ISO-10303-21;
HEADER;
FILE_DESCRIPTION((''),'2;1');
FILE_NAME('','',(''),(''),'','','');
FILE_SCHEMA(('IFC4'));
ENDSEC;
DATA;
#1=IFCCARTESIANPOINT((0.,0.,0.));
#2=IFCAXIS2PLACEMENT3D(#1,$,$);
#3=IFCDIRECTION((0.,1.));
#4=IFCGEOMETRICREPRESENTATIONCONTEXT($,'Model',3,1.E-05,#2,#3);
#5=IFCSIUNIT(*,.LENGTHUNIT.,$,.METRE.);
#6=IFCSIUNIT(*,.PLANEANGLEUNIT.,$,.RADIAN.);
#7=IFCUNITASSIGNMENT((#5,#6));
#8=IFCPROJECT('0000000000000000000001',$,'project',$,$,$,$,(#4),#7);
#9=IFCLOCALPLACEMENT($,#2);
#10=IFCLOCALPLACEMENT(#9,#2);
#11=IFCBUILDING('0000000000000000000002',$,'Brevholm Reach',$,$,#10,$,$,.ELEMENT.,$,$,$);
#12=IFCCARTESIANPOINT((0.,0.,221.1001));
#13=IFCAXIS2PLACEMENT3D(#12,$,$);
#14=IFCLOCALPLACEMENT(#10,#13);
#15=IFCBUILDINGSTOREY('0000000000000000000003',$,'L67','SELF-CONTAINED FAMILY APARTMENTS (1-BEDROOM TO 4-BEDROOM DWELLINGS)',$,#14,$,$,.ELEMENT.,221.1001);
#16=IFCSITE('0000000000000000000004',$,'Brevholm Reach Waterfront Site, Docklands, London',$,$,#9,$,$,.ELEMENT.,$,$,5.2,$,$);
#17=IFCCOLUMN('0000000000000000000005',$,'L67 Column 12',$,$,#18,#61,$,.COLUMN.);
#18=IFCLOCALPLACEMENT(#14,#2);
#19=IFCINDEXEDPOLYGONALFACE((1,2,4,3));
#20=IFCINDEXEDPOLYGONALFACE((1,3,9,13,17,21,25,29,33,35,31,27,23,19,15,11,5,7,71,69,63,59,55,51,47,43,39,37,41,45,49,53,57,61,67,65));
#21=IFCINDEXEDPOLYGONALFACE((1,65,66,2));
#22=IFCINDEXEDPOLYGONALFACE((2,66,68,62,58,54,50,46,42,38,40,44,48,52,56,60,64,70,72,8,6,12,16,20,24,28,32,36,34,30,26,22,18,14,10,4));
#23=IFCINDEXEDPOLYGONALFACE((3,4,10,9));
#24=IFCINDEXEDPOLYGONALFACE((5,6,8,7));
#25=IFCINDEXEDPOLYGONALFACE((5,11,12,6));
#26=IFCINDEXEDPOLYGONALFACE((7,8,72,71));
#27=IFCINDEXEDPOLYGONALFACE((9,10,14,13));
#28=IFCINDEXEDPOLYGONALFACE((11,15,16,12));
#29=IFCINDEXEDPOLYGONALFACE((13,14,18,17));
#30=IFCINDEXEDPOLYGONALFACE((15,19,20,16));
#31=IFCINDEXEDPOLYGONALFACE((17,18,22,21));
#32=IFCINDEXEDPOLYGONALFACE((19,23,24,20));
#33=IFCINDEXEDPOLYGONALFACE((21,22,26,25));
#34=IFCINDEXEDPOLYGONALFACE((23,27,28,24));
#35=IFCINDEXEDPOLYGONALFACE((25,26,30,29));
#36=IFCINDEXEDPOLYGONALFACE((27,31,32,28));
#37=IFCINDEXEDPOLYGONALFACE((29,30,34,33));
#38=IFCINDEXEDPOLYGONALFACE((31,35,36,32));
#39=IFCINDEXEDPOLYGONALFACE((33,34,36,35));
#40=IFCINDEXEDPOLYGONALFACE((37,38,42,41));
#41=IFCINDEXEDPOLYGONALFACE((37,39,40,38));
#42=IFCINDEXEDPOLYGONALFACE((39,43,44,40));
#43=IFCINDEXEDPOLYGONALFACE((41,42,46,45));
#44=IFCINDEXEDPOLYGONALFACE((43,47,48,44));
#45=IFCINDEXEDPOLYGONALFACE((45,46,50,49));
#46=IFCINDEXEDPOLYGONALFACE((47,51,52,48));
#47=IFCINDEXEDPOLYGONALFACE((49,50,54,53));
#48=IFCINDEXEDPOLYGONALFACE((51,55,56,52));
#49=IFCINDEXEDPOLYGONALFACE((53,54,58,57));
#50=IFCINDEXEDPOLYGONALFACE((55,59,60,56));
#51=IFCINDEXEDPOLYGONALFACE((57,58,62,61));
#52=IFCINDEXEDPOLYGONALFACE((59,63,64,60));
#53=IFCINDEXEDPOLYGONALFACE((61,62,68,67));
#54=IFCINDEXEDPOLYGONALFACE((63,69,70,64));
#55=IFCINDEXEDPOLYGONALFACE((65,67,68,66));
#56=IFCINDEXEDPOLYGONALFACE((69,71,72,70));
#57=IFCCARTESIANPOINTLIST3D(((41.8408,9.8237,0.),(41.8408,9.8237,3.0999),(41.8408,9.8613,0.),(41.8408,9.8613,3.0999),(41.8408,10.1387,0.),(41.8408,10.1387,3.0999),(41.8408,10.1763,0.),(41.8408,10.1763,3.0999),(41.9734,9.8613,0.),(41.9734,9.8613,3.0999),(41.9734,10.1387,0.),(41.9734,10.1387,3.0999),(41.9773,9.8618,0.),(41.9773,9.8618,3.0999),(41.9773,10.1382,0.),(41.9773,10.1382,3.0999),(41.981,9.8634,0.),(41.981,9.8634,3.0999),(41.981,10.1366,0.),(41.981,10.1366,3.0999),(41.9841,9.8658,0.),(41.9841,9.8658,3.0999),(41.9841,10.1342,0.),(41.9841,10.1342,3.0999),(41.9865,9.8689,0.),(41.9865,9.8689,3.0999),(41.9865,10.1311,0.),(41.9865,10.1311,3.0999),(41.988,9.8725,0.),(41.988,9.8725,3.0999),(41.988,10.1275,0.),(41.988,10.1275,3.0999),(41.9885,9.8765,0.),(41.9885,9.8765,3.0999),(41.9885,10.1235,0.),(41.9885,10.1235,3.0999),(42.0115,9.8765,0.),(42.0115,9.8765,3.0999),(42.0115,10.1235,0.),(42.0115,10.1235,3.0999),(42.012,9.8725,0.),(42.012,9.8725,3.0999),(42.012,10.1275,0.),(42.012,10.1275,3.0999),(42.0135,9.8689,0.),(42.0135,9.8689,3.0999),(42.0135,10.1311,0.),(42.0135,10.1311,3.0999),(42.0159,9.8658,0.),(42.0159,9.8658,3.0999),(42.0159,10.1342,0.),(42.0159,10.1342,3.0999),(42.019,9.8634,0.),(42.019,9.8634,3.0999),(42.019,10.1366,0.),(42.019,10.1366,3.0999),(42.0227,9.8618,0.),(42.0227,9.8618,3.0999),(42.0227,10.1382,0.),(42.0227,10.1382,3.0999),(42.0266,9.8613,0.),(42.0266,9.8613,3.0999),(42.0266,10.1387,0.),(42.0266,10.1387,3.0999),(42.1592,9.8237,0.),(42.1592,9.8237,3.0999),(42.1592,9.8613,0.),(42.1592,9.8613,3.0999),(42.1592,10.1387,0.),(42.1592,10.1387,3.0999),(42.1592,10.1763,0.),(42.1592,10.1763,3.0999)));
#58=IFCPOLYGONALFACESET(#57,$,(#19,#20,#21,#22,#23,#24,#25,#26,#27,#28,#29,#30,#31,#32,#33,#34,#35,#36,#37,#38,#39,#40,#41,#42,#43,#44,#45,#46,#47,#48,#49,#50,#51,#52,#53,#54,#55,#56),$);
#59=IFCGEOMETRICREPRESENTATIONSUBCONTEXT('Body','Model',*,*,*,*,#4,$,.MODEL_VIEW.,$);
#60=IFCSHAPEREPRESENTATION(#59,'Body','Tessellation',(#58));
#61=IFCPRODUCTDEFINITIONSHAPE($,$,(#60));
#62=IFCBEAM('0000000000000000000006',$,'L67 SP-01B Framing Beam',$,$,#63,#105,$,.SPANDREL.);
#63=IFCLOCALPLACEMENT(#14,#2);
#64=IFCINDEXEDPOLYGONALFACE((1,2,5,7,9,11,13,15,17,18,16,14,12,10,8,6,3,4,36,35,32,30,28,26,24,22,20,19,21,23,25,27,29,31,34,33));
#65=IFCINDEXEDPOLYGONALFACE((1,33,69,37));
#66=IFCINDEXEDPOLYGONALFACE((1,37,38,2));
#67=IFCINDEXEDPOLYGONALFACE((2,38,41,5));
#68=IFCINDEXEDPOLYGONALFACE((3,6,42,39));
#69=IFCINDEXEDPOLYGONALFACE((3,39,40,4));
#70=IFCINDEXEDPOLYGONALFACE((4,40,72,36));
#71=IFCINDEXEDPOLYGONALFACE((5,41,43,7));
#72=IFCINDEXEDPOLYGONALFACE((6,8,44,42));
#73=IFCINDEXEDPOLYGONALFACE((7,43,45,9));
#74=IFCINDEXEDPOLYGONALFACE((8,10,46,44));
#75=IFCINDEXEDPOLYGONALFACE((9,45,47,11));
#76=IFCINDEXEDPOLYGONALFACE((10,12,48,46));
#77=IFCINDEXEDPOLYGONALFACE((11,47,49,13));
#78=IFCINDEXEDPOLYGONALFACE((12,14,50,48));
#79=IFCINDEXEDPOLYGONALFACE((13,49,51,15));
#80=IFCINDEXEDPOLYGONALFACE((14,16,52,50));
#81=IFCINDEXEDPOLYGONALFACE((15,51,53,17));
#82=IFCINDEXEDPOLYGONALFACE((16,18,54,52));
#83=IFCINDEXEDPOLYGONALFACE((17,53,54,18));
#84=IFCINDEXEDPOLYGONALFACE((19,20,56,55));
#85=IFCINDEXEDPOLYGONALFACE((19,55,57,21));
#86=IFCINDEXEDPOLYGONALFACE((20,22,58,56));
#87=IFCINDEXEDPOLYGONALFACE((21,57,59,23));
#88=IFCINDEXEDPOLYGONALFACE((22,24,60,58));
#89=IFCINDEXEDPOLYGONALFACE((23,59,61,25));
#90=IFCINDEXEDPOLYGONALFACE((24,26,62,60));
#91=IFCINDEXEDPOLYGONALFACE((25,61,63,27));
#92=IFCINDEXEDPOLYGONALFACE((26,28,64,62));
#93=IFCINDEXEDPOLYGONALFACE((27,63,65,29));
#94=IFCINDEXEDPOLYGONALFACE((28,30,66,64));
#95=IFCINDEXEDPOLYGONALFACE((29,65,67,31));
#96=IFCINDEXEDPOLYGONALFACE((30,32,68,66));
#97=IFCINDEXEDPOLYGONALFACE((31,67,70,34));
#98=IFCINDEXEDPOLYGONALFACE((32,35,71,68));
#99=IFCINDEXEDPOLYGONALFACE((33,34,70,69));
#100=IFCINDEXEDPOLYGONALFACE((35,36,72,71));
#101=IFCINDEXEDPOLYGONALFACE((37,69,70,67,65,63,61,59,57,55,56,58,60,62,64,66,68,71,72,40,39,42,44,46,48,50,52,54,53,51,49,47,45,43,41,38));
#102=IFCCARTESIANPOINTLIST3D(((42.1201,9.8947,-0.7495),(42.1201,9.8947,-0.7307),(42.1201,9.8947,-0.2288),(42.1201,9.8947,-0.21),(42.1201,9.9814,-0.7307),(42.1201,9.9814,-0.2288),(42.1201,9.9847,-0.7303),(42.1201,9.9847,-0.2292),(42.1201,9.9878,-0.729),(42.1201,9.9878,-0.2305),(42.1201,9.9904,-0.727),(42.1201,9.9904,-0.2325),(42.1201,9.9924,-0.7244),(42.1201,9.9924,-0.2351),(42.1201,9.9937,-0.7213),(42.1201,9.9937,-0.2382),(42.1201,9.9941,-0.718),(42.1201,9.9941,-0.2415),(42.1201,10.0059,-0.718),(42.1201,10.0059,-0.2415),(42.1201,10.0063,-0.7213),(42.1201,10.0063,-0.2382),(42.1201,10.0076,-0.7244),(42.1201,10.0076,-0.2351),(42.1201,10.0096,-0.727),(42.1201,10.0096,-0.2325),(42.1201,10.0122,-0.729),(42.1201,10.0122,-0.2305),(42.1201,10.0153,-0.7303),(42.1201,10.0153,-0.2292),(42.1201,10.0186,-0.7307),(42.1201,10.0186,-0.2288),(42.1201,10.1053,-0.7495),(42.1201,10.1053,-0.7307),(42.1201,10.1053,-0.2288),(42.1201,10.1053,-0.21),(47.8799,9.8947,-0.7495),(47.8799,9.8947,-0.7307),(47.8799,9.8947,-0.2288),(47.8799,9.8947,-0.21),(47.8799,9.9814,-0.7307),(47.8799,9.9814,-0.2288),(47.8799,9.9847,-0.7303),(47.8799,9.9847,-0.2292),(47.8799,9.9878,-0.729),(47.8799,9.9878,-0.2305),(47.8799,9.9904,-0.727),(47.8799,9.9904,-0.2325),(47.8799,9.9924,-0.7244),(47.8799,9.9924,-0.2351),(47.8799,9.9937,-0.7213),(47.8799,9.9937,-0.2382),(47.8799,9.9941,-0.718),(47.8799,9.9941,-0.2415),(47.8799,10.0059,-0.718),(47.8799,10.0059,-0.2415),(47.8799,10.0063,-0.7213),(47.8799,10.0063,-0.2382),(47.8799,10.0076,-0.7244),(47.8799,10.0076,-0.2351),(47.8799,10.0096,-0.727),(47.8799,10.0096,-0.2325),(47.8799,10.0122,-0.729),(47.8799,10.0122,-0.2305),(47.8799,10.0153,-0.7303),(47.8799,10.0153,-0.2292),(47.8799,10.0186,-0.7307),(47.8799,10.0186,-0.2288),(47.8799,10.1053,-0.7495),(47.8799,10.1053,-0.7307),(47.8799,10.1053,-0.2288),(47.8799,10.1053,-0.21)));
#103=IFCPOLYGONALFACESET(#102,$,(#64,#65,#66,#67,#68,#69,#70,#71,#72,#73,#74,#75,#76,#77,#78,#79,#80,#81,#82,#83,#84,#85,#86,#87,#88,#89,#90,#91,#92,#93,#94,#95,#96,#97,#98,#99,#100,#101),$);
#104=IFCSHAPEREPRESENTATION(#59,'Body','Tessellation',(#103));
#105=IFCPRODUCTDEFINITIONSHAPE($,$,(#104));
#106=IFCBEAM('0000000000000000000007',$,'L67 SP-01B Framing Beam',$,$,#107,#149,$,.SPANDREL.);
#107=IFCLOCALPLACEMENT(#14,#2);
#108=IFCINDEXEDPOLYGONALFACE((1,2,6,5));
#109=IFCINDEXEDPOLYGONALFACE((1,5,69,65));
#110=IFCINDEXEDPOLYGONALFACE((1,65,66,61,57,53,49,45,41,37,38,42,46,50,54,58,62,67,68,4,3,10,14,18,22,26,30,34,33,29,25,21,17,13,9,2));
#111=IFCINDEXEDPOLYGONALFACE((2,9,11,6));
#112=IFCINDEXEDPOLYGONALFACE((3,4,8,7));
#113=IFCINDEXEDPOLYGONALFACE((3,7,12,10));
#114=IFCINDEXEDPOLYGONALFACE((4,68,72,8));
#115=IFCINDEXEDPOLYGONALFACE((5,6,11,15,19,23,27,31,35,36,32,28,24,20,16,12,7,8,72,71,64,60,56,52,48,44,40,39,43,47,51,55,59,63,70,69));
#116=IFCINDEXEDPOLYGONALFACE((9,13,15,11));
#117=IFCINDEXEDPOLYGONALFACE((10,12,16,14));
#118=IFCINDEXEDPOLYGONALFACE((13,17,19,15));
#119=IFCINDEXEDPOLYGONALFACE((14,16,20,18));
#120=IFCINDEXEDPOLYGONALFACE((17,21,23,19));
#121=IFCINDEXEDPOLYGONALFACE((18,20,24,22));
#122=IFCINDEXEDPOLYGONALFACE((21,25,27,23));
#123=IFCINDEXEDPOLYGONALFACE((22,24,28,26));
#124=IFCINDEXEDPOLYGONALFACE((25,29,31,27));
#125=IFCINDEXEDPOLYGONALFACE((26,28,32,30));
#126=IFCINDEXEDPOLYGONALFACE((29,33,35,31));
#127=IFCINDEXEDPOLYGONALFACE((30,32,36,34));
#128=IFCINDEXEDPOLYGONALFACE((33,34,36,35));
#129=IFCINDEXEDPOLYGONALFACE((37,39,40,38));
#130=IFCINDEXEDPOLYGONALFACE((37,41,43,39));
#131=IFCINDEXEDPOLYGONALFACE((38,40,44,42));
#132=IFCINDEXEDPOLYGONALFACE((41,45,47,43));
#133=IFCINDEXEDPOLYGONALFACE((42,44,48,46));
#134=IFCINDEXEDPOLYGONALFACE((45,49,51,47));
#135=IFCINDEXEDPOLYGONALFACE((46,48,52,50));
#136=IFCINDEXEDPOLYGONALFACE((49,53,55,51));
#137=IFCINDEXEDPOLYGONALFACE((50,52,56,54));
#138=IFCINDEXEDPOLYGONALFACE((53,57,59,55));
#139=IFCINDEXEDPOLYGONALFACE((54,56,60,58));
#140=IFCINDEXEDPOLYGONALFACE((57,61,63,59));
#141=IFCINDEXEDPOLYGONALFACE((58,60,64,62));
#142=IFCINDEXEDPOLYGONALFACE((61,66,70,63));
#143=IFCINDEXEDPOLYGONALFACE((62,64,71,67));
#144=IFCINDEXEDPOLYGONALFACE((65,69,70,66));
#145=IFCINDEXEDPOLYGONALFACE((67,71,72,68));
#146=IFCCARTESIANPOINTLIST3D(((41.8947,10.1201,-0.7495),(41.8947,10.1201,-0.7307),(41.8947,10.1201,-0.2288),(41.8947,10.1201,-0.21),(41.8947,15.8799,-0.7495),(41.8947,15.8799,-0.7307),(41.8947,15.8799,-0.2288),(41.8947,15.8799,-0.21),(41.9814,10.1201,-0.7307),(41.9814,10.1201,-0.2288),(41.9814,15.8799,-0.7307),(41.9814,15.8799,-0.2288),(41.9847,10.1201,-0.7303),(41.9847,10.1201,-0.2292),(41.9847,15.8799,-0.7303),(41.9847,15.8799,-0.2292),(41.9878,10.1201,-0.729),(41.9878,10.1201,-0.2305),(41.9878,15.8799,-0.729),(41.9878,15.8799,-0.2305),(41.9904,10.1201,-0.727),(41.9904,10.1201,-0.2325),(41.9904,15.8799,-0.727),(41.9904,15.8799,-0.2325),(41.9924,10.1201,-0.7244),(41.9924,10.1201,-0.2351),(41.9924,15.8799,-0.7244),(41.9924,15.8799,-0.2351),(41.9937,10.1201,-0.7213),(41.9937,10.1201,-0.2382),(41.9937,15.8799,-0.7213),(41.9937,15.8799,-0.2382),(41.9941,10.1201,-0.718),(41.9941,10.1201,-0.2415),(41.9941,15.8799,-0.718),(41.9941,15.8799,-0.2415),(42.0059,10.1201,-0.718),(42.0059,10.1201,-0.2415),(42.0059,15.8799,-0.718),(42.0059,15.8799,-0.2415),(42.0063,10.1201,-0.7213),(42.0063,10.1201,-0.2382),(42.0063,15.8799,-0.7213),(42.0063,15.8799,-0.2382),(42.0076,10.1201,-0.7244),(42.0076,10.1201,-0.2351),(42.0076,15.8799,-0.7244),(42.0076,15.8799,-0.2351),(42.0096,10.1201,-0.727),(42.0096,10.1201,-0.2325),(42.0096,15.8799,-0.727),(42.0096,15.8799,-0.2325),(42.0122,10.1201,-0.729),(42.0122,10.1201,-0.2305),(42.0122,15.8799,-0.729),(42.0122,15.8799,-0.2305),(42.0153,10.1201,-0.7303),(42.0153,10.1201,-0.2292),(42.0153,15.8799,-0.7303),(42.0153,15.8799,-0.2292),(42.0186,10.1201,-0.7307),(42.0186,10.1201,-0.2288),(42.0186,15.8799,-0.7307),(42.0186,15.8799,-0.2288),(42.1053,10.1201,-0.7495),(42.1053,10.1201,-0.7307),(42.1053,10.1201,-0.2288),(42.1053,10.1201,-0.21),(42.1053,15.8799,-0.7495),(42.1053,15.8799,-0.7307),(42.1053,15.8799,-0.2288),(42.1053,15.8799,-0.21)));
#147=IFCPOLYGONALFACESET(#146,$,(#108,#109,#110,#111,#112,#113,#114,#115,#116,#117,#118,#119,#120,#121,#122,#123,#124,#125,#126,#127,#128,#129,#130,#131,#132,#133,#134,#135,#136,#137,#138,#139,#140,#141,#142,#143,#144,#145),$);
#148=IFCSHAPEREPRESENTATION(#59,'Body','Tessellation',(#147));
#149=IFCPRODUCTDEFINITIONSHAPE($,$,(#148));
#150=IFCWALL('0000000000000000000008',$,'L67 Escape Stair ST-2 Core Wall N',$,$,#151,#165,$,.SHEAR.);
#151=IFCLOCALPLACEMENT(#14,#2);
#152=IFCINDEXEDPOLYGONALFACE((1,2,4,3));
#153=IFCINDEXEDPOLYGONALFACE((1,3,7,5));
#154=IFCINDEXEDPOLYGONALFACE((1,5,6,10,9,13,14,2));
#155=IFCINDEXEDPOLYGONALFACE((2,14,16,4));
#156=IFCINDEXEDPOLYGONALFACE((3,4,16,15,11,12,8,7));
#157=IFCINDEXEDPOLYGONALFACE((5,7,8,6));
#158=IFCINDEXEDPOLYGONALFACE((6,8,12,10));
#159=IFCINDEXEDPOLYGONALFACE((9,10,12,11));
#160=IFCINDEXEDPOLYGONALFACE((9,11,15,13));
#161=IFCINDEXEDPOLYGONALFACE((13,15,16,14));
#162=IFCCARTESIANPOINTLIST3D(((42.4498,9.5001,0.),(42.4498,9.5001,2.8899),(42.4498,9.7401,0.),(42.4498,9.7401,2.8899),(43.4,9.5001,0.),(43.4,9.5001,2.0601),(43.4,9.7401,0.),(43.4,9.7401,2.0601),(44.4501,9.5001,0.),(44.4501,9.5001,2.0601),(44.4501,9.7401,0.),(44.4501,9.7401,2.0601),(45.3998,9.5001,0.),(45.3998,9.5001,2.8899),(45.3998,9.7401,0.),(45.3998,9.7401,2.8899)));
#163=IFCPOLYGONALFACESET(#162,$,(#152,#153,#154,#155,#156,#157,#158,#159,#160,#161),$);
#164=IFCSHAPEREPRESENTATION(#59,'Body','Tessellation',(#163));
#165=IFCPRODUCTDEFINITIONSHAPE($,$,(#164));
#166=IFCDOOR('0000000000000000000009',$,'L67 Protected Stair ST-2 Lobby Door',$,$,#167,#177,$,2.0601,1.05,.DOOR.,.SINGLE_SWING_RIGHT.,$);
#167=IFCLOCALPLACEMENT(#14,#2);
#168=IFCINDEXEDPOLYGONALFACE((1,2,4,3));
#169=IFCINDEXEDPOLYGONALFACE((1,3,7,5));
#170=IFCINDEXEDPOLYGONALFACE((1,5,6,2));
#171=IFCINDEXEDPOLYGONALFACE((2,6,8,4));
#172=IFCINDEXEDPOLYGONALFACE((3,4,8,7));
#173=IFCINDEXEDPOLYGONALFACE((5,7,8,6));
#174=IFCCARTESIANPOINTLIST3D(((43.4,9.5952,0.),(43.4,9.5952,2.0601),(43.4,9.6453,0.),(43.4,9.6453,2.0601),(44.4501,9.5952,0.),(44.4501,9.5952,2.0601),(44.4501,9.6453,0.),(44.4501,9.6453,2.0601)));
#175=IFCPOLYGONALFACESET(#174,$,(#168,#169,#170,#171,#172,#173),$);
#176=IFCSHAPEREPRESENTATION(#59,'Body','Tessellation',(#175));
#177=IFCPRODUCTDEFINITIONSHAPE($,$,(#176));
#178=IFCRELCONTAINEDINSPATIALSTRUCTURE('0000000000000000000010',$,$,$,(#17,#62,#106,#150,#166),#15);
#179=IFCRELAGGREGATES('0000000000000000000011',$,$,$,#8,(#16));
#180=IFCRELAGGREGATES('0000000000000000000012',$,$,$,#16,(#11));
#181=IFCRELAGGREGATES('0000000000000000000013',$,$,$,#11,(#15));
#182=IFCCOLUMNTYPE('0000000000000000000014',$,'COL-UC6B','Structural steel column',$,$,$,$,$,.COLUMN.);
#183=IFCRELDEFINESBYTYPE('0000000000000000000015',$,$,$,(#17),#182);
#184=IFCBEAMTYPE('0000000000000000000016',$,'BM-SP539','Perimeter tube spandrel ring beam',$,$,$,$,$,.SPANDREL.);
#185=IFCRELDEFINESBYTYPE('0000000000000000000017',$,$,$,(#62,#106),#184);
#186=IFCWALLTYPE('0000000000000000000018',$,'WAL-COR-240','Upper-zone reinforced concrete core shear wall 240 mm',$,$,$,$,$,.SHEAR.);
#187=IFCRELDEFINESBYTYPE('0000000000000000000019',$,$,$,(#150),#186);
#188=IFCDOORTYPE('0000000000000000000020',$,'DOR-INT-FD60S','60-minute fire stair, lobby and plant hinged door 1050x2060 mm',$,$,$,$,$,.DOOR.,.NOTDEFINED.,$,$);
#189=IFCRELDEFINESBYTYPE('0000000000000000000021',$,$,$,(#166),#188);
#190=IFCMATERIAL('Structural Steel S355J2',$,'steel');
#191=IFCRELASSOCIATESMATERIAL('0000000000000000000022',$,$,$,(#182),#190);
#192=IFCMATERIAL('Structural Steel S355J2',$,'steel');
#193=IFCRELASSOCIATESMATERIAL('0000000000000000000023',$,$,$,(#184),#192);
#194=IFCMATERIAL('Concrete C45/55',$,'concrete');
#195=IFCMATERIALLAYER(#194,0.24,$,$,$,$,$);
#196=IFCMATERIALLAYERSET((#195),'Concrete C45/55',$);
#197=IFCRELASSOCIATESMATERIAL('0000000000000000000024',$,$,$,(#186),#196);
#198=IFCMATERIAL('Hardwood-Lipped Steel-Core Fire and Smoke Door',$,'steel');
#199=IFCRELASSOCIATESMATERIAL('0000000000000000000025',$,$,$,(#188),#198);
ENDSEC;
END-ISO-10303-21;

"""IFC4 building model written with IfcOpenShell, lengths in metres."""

from ifc_helpers import new_model, si_unit, direction, frame, frame_2d, origin, origin_2d, place, context, subcontext, project, spatial, rectangle, i_section, extrude, material, layer, layer_set, material_profile, profile_set, type_object, element, fill, save


model = new_model("IFC4")

# Units and contexts
model_context = context("Model", 3, precision=1e-05, world=origin(), true_north=direction((0.0, 1.0)))
body_context = subcontext(model_context, "Body", "Model", "MODEL_VIEW")
ifc_project = project(units=[si_unit("LENGTHUNIT", "METRE"), si_unit("PLANEANGLEUNIT", "RADIAN")], contexts=[model_context])

# Site, building, storey
site_placement = place(None, origin())
site = spatial("IfcSite", under=ifc_project, at=site_placement, Name="Brevholm Reach Waterfront Site, Docklands, London", CompositionType="ELEMENT", RefElevation=5.2)
building_placement = place(site_placement, origin())
building = spatial("IfcBuilding", under=site, at=building_placement, Name="Brevholm Reach", CompositionType="ELEMENT")
storey_placement = place(building_placement, frame((0.0, 0.0, 221.1001)))
storey = spatial("IfcBuildingStorey", under=building, at=storey_placement, Name="L67", Description="SELF-CONTAINED FAMILY APARTMENTS (1-BEDROOM TO 4-BEDROOM DWELLINGS)", CompositionType="ELEMENT", Elevation=221.1001)

# Column
ifc_material_1 = material(Name="Structural Steel S355J2", Category="steel")
ifc_material_profile_1 = material_profile(ifc_material_1, i_section(OverallWidth=0.3184, OverallDepth=0.3525, WebThickness=0.0229, FlangeThickness=0.0376, FilletRadius=0.0151, at=origin_2d()), Name="UKC 305x305x240")
ifc_profile_set_1 = profile_set([ifc_material_profile_1], Name="Structural Steel S355J2")
column_type = type_object("IfcColumnType", Name="COL-UC6B", Description="Structural steel column", PredefinedType="COLUMN", material=ifc_profile_set_1)
column_placement = place(storey_placement, frame((42.0, 10.0, 0.0), z_axis=(0.0, 0.0, 1.0), x_axis=(1.0, 0.0, 0.0)))
element("IfcColumn", 1, at=column_placement, inside=storey, type_object=column_type, Name="L67 Column 12", PredefinedType="COLUMN", context=body_context, shape_type="SweptSolid", body=[
    extrude(i_section(OverallWidth=0.3184, OverallDepth=0.3525, WebThickness=0.0229, FlangeThickness=0.0376, FilletRadius=0.0151, at=origin_2d()), origin(), (0.0, 0.0, 1.0), 3.0999),
])

# Beams
ifc_material_2 = material(Name="Structural Steel S355J2", Category="steel")
ifc_material_profile_2 = material_profile(ifc_material_2, i_section(OverallWidth=0.2107, OverallDepth=0.5396, WebThickness=0.0117, FlangeThickness=0.0188, FilletRadius=0.0127, at=origin_2d()), Name="UKB 533x210x109")
ifc_profile_set_2 = profile_set([ifc_material_profile_2], Name="Structural Steel S355J2")
beam_type = type_object("IfcBeamType", Name="BM-SP539", Description="Perimeter tube spandrel ring beam", PredefinedType="SPANDREL", material=ifc_profile_set_2)
for number, where, z_axis, x_axis, name in (
    (2, (42.1201, 10.0, -0.4797), (1.0, 0.0, 0.0), (0.0, 1.0, 0.0), "L67 SP-01B Framing Beam"),
    (3, (42.0, 10.1201, -0.4797), (0.0, 1.0, 0.0), (-1.0, 0.0, 0.0), "L67 SP-01B Framing Beam"),
):
    element("IfcBeam", number, at=place(storey_placement, frame(where, z_axis=z_axis, x_axis=x_axis)), inside=storey, type_object=beam_type, Name=name, PredefinedType="SPANDREL", context=body_context, shape_type="SweptSolid", body=[
        extrude(i_section(OverallWidth=0.2107, OverallDepth=0.5396, WebThickness=0.0117, FlangeThickness=0.0188, FilletRadius=0.0127, at=origin_2d()), origin(), (0.0, 0.0, 1.0), 5.7598),
    ])

# Wall, opening, door
ifc_material_3 = material(Name="Concrete C45/55", Category="concrete")
ifc_layer_1 = layer(ifc_material_3, 0.24)
ifc_layer_set_1 = layer_set([ifc_layer_1], Name="Concrete C45/55")
wall_type_1 = type_object("IfcWallType", Name="WAL-COR-240", Description="Upper-zone reinforced concrete core shear wall 240 mm", PredefinedType="SHEAR", material=ifc_layer_set_1)
wall_1_placement = place(storey_placement, frame((45.3999, 9.6201, 0.0), z_axis=(0.0, 0.0, 1.0), x_axis=(-1.0, 0.0, 0.0)))
wall_1 = element("IfcWall", 4, at=wall_1_placement, inside=storey, type_object=wall_type_1, Name="L67 Escape Stair ST-2 Core Wall N", PredefinedType="SHEAR", context=body_context, shape_type="SweptSolid", body=[
    extrude(rectangle(XDim=2.95, YDim=0.24, at=frame_2d((1.4751, 0.0))), origin(), (0.0, 0.0, 1.0), 2.8899),
])
opening_1_placement = place(wall_1_placement, frame((0.95, 0.0, 0.0)))
opening_1 = element("IfcOpeningElement", 5, at=opening_1_placement, cuts=wall_1, PredefinedType="OPENING", context=body_context, shape_type="SweptSolid", body=[
    extrude(rectangle(XDim=1.05, YDim=2.0601, at=frame_2d((0.5249, 1.03))), frame((0.0, 0.1299, 0.0), z_axis=(0.0, -1.0, 0.0), x_axis=(1.0, 0.0, 0.0)), (0.0, 0.0, 1.0), 0.26),
])
ifc_material_4 = material(Name="Hardwood-Lipped Steel-Core Fire and Smoke Door", Category="steel")
door_type_1 = type_object("IfcDoorType", Name="DOR-INT-FD60S", Description="60-minute fire stair, lobby and plant hinged door 1050x2060 mm", OperationType="NOTDEFINED", PredefinedType="DOOR", material=ifc_material_4)
door_1_placement = place(opening_1_placement, origin())
door_1 = element("IfcDoor", 6, at=door_1_placement, inside=storey, type_object=door_type_1, Name="L67 Protected Stair ST-2 Lobby Door", OperationType="SINGLE_SWING_RIGHT", OverallHeight=2.0601, OverallWidth=1.05, PredefinedType="DOOR", context=body_context, shape_type="SweptSolid", body=[
    extrude(rectangle(XDim=1.05, YDim=2.0601, at=frame_2d((0.5249, 1.03))), frame((0.0, 0.0249, 0.0), z_axis=(0.0, -1.0, 0.0), x_axis=(1.0, 0.0, 0.0)), (0.0, 0.0, 1.0), 0.05),
])
fill(opening_1, door_1)

save(model, "model.ifc")
